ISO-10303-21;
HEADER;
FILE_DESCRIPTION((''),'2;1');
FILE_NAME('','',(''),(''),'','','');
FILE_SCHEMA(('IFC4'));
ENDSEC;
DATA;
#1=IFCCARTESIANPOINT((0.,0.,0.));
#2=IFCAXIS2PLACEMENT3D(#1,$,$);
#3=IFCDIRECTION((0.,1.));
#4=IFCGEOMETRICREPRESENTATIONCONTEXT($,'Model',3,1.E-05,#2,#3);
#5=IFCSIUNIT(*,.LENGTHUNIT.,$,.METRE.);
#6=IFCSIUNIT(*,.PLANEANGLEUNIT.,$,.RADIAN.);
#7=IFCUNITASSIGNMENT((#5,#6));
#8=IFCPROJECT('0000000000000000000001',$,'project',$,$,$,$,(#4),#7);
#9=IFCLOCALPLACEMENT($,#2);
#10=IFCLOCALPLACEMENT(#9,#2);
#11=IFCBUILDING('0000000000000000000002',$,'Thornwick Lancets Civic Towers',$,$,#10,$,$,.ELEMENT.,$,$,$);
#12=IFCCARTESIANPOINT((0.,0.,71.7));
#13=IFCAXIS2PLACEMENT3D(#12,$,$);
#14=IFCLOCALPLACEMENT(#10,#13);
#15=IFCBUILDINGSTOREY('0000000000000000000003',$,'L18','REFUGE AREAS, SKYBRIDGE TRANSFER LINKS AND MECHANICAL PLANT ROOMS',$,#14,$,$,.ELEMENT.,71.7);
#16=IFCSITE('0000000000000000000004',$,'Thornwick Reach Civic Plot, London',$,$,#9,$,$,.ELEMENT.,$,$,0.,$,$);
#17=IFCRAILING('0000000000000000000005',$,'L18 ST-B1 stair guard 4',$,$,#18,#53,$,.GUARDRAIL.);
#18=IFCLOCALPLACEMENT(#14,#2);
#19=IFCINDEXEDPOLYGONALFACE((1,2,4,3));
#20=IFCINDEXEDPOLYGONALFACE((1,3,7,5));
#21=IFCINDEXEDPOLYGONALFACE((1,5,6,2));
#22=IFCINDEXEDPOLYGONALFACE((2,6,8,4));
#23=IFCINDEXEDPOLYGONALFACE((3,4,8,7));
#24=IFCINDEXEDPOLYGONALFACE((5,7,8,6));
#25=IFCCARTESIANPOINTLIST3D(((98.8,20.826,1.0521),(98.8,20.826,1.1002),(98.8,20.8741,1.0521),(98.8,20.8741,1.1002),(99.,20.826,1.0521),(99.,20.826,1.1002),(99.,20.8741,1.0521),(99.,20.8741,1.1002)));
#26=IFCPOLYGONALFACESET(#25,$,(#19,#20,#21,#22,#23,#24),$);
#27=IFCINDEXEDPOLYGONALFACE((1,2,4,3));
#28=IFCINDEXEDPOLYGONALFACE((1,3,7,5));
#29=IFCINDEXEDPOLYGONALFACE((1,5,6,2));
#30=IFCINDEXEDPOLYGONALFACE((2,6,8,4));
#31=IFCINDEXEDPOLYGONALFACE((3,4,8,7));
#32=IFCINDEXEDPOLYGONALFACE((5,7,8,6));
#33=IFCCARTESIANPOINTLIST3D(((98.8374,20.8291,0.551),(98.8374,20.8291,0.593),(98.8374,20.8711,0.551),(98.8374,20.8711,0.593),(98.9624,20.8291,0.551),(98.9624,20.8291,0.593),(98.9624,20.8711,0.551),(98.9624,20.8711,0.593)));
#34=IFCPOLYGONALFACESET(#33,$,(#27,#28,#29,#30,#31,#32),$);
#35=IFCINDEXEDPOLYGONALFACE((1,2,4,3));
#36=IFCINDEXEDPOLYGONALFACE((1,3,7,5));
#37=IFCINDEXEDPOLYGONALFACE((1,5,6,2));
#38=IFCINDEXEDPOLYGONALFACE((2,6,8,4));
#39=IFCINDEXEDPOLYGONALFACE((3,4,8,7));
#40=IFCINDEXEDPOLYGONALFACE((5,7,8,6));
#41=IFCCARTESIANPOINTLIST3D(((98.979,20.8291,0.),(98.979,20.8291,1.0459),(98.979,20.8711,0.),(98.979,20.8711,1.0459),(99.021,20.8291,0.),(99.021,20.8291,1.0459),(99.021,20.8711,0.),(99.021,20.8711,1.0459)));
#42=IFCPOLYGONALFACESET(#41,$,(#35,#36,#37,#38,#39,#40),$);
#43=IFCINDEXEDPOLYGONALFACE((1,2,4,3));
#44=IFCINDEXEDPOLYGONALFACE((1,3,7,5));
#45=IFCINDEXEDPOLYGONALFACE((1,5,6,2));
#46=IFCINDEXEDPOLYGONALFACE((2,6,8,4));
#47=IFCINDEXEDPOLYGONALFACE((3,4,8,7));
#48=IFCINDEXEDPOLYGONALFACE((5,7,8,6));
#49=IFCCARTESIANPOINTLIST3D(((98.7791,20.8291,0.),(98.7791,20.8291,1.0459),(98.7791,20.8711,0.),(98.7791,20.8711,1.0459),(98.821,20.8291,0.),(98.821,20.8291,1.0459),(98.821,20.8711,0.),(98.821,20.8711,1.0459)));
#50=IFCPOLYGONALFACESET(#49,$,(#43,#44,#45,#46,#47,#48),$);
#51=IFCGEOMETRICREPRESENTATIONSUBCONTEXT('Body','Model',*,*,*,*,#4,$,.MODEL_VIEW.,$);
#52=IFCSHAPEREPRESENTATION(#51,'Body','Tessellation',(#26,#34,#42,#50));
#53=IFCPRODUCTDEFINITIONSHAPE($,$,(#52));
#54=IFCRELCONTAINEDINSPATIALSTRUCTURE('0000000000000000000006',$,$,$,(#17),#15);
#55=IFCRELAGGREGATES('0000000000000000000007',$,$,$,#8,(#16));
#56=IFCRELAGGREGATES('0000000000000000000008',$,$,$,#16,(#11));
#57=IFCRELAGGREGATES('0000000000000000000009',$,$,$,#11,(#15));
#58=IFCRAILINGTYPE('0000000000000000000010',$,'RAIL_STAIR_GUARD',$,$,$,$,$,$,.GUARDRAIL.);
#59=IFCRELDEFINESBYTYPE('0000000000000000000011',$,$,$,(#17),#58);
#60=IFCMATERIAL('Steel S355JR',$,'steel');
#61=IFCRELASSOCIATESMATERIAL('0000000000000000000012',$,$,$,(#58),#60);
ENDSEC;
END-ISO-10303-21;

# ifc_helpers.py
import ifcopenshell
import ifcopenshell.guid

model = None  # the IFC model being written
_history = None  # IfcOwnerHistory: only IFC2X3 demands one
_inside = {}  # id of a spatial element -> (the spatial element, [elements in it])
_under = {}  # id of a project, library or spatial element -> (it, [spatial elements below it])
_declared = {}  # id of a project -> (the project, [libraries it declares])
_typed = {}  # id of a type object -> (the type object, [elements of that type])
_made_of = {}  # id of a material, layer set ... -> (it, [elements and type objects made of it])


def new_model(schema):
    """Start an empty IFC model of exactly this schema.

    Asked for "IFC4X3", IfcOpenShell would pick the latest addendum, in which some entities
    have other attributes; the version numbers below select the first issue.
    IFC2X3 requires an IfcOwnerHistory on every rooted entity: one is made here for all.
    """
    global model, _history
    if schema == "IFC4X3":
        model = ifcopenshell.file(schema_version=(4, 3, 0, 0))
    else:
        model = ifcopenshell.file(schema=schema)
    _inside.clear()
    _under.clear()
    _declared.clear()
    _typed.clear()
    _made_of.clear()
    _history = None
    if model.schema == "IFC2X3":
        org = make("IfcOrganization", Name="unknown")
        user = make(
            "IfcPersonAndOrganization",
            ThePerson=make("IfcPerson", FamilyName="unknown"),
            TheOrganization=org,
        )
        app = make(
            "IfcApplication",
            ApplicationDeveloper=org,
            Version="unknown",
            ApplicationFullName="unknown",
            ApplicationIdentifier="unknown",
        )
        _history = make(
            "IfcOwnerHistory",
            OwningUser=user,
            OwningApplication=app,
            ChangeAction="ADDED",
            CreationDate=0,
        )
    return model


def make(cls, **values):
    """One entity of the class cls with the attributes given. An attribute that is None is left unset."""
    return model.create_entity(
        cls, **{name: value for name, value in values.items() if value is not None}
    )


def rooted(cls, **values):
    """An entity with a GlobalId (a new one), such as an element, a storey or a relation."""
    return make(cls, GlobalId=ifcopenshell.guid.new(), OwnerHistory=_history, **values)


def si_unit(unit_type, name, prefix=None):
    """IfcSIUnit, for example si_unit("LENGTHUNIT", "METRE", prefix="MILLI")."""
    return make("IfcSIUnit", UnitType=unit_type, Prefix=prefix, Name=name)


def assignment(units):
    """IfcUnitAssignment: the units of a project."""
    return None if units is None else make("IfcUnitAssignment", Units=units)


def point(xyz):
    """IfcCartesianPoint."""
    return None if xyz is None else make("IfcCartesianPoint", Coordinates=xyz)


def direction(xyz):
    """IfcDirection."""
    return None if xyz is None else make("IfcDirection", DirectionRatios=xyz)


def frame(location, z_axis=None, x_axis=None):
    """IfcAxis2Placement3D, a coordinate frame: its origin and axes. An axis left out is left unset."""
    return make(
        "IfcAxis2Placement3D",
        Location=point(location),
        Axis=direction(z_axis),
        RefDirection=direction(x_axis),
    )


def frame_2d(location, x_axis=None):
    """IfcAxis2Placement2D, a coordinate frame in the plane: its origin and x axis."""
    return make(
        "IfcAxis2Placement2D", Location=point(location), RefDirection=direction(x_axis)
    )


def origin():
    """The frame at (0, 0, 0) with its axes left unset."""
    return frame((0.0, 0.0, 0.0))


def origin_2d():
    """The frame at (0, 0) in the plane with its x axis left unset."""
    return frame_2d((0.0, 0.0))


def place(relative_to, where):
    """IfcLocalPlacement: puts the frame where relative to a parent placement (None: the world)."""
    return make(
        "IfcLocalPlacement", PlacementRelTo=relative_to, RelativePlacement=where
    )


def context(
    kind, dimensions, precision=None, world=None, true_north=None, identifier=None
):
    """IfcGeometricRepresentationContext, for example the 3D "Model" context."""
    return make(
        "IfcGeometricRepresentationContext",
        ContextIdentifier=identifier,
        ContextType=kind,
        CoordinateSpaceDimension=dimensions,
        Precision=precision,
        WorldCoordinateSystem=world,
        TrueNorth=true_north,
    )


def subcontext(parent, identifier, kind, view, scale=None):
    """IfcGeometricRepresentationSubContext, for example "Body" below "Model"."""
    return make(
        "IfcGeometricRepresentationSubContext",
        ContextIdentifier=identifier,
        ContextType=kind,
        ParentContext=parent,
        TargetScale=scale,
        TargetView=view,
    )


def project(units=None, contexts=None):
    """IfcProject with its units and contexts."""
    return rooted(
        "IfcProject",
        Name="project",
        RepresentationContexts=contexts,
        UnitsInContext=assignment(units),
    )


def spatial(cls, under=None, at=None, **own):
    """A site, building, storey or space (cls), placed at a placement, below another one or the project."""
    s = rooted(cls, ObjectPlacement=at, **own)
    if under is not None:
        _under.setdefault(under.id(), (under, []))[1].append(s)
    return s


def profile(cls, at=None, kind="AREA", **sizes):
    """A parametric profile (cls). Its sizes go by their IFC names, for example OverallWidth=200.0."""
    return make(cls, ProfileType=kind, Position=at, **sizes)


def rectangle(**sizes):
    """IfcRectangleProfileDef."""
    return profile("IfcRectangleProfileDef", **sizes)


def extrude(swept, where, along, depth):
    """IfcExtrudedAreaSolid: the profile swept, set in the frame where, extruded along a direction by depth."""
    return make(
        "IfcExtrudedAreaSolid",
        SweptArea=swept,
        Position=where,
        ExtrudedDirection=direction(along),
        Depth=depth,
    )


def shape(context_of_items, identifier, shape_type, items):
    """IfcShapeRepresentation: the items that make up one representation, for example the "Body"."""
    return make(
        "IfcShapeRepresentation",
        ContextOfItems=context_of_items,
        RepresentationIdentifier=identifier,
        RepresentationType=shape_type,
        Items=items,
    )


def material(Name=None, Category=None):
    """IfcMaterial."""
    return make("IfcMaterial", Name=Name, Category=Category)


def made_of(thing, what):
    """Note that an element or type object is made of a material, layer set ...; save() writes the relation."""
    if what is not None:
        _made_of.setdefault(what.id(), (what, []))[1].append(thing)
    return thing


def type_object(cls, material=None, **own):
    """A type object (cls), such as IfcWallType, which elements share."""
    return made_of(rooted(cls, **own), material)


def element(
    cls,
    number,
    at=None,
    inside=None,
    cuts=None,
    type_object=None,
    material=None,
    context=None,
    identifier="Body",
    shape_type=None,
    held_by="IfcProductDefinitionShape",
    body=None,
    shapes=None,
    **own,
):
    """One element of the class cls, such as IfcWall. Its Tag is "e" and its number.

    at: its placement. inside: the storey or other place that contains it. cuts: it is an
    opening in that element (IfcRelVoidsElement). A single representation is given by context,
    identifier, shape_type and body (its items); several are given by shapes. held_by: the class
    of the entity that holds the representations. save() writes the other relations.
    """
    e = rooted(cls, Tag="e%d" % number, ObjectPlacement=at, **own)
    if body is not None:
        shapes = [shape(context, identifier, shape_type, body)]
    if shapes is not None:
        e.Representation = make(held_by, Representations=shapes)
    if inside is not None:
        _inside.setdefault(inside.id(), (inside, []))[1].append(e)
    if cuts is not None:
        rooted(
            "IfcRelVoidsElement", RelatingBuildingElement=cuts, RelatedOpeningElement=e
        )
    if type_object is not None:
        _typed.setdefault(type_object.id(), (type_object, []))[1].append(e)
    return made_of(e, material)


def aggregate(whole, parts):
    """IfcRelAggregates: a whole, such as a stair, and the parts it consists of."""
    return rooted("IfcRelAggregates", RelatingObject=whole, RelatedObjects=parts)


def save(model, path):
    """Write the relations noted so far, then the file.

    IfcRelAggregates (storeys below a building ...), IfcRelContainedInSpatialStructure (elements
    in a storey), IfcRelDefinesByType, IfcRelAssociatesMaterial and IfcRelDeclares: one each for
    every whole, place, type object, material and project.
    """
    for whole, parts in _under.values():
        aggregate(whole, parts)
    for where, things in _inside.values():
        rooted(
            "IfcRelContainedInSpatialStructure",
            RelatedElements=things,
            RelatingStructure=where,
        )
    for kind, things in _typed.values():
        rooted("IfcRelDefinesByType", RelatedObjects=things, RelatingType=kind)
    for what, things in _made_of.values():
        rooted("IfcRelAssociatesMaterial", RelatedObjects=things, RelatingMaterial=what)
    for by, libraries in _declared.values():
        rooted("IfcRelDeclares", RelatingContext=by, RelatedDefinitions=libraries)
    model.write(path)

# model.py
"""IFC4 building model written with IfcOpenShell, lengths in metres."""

from ifc_helpers import new_model, si_unit, direction, frame, origin, origin_2d, place, context, subcontext, project, spatial, rectangle, extrude, material, type_object, element, save


model = new_model("IFC4")

# Units and contexts
model_context = context("Model", 3, precision=1e-05, world=origin(), true_north=direction((0.0, 1.0)))
body_context = subcontext(model_context, "Body", "Model", "MODEL_VIEW")
ifc_project = project(units=[si_unit("LENGTHUNIT", "METRE"), si_unit("PLANEANGLEUNIT", "RADIAN")], contexts=[model_context])

# Site, building, storey
site_placement = place(None, origin())
site = spatial("IfcSite", under=ifc_project, at=site_placement, Name="Thornwick Reach Civic Plot, London", CompositionType="ELEMENT", RefElevation=0.0)
building_placement = place(site_placement, origin())
building = spatial("IfcBuilding", under=site, at=building_placement, Name="Thornwick Lancets Civic Towers", CompositionType="ELEMENT")
storey_placement = place(building_placement, frame((0.0, 0.0, 71.7)))
storey = spatial("IfcBuildingStorey", under=building, at=storey_placement, Name="L18", Description="REFUGE AREAS, SKYBRIDGE TRANSFER LINKS AND MECHANICAL PLANT ROOMS", CompositionType="ELEMENT", Elevation=71.7)

# Shared definitions
ifc_material_1 = material(Name="Steel S355JR", Category="steel")

# Railing
railing_type_1 = type_object("IfcRailingType", Name="RAIL_STAIR_GUARD", PredefinedType="GUARDRAIL", material=ifc_material_1)
railing_1_placement = place(storey_placement, frame((99.0, 20.8501, 0.0)))
element("IfcRailing", 1, at=railing_1_placement, inside=storey, type_object=railing_type_1, Name="L18 ST-B1 stair guard 4", PredefinedType="GUARDRAIL", context=body_context, shape_type="SweptSolid", body=[
    extrude(rectangle(XDim=0.0481, YDim=0.0481, at=origin_2d()), frame((0.0, 0.0, 1.0762), z_axis=(-1.0, 0.0, 0.0), x_axis=(0.0, -1.0, 0.0)), (0.0, 0.0, 1.0), 0.2),
    extrude(rectangle(XDim=0.042, YDim=0.042, at=origin_2d()), frame((-0.0376, 0.0, 0.572), z_axis=(-1.0, 0.0, 0.0), x_axis=(0.0, -1.0, 0.0)), (0.0, 0.0, 1.0), 0.125),
    extrude(rectangle(XDim=0.042, YDim=0.042, at=origin_2d()), origin(), (0.0, 0.0, 1.0), 1.0459),
    extrude(rectangle(XDim=0.042, YDim=0.042, at=origin_2d()), frame((-0.2, 0.0, 0.0)), (0.0, 0.0, 1.0), 1.0459),
])

save(model, "model.ifc")
